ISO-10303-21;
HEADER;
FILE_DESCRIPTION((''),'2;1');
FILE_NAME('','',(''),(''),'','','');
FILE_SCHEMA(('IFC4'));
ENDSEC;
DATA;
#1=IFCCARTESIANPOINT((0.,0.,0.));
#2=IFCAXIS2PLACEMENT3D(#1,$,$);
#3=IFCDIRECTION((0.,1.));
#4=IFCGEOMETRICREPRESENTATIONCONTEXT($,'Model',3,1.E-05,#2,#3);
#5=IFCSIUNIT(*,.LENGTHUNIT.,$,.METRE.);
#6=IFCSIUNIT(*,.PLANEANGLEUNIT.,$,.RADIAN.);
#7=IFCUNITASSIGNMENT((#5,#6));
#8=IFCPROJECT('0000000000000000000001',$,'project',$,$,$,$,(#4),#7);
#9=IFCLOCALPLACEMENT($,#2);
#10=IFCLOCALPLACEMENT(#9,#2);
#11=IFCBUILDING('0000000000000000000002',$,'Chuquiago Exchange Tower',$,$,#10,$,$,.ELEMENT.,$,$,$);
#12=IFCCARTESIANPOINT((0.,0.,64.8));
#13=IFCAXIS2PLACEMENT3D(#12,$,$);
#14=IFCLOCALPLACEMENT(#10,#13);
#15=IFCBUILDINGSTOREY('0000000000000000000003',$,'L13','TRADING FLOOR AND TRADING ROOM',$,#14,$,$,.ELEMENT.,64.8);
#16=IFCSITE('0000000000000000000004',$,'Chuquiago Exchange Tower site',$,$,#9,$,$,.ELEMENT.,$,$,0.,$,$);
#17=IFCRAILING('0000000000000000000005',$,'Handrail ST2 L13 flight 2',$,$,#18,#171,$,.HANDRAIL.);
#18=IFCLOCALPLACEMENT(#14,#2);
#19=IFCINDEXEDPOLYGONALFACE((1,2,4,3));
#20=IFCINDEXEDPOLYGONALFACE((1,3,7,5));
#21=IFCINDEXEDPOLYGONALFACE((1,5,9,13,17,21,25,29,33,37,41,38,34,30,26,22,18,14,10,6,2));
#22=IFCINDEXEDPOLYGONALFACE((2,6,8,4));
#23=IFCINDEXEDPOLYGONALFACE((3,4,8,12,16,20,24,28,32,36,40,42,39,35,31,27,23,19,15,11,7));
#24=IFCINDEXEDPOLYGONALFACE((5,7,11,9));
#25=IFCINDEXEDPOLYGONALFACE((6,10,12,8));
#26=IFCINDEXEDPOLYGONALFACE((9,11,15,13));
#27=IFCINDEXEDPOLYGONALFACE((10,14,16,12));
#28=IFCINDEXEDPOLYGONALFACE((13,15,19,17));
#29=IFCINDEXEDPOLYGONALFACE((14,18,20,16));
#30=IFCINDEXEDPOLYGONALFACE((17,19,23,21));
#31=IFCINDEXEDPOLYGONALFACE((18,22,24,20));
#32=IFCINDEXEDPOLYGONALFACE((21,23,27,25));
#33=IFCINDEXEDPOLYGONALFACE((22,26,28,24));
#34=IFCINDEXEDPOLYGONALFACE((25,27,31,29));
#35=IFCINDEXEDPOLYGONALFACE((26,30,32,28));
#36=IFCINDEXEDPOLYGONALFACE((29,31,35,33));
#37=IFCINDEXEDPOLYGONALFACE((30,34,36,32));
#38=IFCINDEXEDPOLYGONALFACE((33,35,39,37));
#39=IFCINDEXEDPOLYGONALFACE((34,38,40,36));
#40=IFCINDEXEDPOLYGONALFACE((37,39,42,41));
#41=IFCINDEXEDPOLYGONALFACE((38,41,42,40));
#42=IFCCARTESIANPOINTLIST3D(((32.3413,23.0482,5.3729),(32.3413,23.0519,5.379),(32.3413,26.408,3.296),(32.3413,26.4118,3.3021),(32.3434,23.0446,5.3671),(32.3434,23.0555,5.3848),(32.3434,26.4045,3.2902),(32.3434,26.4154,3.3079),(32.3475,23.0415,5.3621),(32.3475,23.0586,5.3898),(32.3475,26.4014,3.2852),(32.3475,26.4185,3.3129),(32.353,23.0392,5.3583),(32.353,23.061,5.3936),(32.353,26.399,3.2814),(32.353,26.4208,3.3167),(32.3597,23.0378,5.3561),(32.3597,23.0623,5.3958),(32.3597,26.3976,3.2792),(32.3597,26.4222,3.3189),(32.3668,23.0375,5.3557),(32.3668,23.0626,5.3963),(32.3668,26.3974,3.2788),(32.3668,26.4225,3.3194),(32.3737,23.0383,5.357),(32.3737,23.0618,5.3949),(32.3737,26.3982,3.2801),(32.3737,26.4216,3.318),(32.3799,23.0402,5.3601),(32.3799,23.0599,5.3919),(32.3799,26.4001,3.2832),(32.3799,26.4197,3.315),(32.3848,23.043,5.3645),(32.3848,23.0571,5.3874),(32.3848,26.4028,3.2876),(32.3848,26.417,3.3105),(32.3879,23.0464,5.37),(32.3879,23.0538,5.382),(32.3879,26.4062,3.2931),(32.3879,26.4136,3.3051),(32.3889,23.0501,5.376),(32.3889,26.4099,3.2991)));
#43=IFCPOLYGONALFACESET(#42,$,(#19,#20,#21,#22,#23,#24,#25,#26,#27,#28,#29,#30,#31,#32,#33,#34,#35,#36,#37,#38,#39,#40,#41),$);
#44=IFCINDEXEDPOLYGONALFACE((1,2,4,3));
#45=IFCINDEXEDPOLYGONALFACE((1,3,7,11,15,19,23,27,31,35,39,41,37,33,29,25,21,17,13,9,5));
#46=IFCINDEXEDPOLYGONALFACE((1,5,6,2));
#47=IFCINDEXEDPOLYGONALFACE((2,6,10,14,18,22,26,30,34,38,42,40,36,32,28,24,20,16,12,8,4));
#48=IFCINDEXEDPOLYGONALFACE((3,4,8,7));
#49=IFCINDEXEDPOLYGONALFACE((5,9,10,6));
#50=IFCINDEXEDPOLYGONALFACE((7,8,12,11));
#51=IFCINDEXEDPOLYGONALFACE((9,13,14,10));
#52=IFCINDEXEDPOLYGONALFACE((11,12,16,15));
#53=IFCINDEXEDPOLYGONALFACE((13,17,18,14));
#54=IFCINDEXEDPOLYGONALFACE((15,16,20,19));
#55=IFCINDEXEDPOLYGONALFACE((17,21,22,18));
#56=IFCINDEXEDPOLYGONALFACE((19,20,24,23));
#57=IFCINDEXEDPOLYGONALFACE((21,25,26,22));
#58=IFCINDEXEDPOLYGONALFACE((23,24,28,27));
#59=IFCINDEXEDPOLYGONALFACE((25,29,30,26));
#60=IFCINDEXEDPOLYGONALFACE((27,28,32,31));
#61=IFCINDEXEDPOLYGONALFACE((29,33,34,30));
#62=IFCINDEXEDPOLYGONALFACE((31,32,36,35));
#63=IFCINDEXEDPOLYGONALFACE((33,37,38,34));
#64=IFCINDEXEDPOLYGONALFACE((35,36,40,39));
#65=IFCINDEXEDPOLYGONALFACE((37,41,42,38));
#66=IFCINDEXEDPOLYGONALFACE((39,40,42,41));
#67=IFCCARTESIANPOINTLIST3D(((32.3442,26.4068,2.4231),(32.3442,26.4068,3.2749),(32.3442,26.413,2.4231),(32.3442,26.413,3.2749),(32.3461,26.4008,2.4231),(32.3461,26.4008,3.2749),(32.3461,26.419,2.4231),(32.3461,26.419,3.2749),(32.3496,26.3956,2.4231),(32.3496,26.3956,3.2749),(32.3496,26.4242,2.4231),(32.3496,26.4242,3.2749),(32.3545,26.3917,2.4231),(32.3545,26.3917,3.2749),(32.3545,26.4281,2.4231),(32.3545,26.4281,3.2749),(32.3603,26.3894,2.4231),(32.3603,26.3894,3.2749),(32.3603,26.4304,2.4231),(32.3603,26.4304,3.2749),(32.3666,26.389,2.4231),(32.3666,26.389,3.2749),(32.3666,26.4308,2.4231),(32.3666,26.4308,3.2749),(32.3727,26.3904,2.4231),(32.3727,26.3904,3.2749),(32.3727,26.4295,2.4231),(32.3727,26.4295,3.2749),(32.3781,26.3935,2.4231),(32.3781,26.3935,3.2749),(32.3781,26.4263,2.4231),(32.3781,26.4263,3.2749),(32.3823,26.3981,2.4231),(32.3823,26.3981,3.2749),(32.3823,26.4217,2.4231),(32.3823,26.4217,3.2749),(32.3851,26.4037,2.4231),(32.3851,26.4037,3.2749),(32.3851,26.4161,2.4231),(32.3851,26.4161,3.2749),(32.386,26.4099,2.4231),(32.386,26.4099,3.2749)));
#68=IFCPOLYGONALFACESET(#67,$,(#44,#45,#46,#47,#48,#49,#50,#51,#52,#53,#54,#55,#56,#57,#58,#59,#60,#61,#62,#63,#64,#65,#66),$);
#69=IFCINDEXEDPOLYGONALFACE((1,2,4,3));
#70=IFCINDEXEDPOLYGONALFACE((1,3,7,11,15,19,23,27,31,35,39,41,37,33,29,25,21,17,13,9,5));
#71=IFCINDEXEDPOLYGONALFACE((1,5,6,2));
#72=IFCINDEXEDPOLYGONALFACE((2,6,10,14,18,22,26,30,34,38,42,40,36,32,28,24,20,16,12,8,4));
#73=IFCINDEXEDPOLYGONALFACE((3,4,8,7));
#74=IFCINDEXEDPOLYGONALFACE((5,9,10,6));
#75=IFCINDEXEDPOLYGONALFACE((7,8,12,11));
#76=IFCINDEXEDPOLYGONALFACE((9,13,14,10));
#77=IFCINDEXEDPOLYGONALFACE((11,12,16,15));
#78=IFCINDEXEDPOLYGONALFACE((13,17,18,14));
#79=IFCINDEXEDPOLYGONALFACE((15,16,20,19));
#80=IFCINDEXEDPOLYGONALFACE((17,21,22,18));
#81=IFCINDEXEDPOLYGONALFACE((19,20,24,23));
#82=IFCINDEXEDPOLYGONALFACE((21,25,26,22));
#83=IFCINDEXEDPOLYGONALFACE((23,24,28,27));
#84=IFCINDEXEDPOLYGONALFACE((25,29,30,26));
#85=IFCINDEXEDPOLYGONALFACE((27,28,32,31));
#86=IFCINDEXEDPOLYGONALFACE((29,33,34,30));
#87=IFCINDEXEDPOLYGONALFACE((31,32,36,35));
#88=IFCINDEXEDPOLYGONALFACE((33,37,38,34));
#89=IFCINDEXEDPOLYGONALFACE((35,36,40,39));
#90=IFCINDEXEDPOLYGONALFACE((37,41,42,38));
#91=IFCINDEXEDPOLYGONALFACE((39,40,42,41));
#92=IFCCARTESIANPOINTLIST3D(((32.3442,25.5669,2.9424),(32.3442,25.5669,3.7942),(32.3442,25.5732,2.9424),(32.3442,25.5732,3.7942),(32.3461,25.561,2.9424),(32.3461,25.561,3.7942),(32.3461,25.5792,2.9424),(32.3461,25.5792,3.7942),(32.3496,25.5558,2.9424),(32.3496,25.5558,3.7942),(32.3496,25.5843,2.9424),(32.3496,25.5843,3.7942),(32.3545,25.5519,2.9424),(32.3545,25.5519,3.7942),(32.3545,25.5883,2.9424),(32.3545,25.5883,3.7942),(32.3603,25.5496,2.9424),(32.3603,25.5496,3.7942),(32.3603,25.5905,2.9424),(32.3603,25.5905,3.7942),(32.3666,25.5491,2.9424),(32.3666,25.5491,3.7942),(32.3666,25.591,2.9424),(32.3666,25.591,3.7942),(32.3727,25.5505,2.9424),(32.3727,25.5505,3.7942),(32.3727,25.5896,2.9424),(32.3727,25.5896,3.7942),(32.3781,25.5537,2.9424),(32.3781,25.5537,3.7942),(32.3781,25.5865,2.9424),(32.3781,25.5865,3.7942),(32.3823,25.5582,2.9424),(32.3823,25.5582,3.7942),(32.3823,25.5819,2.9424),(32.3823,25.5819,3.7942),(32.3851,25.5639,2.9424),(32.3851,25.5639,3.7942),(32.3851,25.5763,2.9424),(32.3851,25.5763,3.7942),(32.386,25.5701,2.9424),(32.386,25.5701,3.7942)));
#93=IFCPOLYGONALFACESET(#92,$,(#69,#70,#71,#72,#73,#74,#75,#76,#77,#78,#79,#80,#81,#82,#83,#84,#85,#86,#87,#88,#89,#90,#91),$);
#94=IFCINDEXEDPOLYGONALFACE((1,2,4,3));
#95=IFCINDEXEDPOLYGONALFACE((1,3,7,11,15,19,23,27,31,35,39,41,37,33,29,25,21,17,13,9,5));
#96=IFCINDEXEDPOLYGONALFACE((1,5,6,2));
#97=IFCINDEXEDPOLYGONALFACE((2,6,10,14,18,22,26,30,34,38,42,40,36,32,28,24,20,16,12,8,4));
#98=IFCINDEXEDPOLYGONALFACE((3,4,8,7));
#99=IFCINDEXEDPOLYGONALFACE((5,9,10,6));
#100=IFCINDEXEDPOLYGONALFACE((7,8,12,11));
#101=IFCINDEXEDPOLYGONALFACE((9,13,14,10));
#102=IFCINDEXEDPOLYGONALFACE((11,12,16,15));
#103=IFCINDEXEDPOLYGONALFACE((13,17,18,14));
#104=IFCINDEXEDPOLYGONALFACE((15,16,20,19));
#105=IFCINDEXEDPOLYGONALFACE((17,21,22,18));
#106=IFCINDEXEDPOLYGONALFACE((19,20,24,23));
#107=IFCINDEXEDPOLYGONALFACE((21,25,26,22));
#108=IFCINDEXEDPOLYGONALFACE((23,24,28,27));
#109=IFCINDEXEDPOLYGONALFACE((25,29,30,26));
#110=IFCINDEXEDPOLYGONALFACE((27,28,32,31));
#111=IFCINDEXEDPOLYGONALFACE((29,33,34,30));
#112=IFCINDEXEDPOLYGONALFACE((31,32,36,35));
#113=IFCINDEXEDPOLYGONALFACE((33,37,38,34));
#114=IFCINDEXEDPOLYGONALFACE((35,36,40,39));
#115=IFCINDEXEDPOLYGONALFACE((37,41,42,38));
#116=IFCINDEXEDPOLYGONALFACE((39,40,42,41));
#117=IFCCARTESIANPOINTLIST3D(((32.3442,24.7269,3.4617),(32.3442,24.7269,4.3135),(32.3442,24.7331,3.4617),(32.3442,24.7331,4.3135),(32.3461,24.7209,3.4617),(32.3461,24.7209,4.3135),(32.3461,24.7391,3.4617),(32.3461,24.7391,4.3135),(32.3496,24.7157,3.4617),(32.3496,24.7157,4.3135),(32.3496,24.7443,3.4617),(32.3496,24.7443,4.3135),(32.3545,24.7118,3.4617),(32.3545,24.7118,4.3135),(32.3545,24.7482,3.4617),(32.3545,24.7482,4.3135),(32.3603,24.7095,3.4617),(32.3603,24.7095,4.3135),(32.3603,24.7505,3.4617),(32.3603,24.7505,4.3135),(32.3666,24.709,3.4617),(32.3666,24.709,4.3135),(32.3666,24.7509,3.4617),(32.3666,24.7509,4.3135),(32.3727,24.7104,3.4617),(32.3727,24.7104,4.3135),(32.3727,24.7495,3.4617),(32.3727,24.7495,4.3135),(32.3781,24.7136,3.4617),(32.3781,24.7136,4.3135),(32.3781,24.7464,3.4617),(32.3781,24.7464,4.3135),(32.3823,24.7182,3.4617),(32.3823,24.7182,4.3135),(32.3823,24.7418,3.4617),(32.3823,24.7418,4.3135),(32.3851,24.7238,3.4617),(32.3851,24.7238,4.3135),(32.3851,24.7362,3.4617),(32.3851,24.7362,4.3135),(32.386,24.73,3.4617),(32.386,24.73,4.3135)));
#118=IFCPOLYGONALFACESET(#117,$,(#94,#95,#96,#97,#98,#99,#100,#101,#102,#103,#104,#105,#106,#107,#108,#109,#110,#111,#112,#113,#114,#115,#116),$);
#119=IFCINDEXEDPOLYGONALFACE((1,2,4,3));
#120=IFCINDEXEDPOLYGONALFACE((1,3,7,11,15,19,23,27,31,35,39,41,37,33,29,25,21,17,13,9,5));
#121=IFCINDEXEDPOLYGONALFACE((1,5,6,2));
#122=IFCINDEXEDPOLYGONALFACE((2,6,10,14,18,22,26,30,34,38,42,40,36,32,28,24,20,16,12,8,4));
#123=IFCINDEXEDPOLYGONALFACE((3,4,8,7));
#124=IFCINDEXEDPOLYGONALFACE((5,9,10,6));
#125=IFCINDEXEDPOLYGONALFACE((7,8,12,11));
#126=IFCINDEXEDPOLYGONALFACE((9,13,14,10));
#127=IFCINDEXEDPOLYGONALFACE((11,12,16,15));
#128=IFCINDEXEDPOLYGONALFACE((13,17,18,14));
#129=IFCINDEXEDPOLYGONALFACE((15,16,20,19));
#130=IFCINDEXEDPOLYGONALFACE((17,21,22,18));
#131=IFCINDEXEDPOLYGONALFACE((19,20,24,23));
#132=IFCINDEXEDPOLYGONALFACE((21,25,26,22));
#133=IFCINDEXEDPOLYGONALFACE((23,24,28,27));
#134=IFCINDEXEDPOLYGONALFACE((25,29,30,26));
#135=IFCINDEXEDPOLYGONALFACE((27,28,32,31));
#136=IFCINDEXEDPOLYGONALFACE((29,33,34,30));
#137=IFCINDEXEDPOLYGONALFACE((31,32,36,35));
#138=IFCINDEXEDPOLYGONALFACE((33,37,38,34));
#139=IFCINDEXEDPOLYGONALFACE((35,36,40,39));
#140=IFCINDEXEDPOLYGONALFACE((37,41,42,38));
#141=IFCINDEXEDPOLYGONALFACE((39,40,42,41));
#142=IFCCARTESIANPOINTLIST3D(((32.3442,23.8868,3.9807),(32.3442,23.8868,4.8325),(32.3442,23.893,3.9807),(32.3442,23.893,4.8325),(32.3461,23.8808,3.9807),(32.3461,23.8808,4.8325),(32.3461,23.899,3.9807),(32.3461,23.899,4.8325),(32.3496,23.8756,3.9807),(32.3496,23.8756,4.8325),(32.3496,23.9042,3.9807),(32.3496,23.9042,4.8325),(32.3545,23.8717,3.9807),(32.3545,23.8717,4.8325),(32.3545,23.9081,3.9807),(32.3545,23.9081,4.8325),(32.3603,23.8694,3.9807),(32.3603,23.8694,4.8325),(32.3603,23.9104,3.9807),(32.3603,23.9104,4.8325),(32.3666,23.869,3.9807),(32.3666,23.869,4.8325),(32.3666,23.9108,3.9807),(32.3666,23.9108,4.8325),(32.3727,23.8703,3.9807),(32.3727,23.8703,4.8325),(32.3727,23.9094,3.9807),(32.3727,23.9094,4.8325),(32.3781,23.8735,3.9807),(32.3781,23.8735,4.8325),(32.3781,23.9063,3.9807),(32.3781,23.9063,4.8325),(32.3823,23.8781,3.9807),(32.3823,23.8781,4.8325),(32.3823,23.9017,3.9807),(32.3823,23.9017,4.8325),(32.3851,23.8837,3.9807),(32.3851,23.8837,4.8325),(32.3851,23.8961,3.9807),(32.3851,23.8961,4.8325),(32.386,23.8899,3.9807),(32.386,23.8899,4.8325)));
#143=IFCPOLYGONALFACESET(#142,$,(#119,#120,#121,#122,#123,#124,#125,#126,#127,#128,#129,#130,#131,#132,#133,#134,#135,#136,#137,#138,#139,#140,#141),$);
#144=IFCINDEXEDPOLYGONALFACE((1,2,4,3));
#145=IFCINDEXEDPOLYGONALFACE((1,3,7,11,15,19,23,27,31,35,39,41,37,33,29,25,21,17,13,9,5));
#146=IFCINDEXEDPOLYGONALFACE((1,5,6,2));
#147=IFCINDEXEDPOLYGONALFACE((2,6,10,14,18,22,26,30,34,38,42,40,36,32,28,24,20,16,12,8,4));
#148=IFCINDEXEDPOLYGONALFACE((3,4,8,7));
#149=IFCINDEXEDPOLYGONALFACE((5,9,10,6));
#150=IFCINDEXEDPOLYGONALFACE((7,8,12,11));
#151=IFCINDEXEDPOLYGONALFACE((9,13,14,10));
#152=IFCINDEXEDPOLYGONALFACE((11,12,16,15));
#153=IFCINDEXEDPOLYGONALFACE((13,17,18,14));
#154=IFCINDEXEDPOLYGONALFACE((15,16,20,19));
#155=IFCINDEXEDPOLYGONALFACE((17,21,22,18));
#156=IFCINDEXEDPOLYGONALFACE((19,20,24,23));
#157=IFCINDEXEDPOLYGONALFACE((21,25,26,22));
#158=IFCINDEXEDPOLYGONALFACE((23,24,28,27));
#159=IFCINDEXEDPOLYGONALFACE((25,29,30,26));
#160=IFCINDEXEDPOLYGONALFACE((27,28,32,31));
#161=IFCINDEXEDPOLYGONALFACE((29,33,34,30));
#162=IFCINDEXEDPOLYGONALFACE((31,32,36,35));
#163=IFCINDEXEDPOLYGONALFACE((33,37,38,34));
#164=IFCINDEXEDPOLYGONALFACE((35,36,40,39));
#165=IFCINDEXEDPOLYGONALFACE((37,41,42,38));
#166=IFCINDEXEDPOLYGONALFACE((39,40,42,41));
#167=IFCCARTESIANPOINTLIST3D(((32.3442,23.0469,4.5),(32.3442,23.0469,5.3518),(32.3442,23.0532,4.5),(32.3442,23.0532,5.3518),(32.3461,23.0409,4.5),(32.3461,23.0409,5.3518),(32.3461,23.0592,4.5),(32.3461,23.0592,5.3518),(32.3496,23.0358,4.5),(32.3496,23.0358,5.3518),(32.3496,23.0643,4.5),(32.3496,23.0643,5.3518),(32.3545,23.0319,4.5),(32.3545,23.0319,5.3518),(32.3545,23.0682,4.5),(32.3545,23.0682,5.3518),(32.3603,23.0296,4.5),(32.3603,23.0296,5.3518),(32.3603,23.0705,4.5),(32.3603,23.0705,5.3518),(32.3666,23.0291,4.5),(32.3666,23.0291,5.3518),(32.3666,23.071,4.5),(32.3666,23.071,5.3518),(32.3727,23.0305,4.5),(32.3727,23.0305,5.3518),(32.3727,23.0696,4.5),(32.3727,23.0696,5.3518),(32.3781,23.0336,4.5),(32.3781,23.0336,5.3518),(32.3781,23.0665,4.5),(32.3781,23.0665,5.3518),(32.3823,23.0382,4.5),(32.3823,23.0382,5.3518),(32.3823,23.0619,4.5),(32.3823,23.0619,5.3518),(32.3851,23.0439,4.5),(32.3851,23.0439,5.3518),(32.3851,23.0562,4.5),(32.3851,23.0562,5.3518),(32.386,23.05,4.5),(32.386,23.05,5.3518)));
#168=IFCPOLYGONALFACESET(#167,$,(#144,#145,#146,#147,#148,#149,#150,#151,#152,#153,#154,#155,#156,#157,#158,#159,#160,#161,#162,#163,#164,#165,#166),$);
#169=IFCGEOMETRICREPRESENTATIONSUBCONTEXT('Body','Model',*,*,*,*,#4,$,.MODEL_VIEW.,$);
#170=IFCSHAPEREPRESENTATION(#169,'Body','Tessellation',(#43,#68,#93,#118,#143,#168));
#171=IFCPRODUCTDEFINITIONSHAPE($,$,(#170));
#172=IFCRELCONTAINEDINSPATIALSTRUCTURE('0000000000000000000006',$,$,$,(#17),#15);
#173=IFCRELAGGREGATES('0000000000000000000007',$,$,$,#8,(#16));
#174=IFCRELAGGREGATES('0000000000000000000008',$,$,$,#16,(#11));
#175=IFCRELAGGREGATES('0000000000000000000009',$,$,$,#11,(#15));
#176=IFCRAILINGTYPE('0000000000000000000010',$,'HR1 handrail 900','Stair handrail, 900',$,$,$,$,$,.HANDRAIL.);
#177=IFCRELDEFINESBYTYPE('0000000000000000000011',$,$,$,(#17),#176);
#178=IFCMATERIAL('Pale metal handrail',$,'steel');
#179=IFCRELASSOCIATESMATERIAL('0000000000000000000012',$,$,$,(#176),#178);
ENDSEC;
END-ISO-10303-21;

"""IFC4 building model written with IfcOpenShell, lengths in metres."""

from ifc_helpers import new_model, si_unit, direction, frame, origin, origin_2d, place, context, subcontext, project, spatial, circle, extrude, material, type_object, element, save


model = new_model("IFC4")

# Units and contexts
model_context = context("Model", 3, precision=1e-05, world=origin(), true_north=direction((0.0, 1.0)))
body_context = subcontext(model_context, "Body", "Model", "MODEL_VIEW")
ifc_project = project(units=[si_unit("LENGTHUNIT", "METRE"), si_unit("PLANEANGLEUNIT", "RADIAN")], contexts=[model_context])

# Site, building, storey
site_placement = place(None, origin())
site = spatial("IfcSite", under=ifc_project, at=site_placement, Name="Chuquiago Exchange Tower site", CompositionType="ELEMENT", RefElevation=0.0)
building_placement = place(site_placement, origin())
building = spatial("IfcBuilding", under=site, at=building_placement, Name="Chuquiago Exchange Tower", CompositionType="ELEMENT")
storey_placement = place(building_placement, frame((0.0, 0.0, 64.8)))
storey = spatial("IfcBuildingStorey", under=building, at=storey_placement, Name="L13", Description="TRADING FLOOR AND TRADING ROOM", CompositionType="ELEMENT", Elevation=64.8)

# Railing
ifc_material_1 = material(Name="Pale metal handrail", Category="steel")
railing_type_1 = type_object("IfcRailingType", Name="HR1 handrail 900", Description="Stair handrail, 900", PredefinedType="HANDRAIL", material=ifc_material_1)
for number, where, name in (
    (1, (32.365, 26.4099, 2.4231), "Handrail ST2 L13 flight 2"),
):
    element("IfcRailing", number, at=place(storey_placement, frame(where)), inside=storey, type_object=railing_type_1, Name=name, PredefinedType="HANDRAIL", context=body_context, shape_type="SweptSolid", body=[
        extrude(circle(Radius=0.0239, at=origin_2d()), frame((0.0, 0.0, 0.876), z_axis=(0.0, -0.850606, 0.525803), x_axis=(1.0, 0.0, 0.0)), (0.0, 0.0, 1.0), 3.95),
        extrude(circle(Radius=0.021, at=origin_2d()), origin(), (0.0, 0.0, 1.0), 0.8518),
        extrude(circle(Radius=0.021, at=origin_2d()), frame((0.0, -0.8398, 0.5193)), (0.0, 0.0, 1.0), 0.8518),
        extrude(circle(Radius=0.021, at=origin_2d()), frame((0.0, -1.6799, 1.0386)), (0.0, 0.0, 1.0), 0.8518),
        extrude(circle(Radius=0.021, at=origin_2d()), frame((0.0, -2.52, 1.5576)), (0.0, 0.0, 1.0), 0.8518),
        extrude(circle(Radius=0.021, at=origin_2d()), frame((0.0, -3.3599, 2.0769)), (0.0, 0.0, 1.0), 0.8518),
    ])

save(model, "model.ifc")
